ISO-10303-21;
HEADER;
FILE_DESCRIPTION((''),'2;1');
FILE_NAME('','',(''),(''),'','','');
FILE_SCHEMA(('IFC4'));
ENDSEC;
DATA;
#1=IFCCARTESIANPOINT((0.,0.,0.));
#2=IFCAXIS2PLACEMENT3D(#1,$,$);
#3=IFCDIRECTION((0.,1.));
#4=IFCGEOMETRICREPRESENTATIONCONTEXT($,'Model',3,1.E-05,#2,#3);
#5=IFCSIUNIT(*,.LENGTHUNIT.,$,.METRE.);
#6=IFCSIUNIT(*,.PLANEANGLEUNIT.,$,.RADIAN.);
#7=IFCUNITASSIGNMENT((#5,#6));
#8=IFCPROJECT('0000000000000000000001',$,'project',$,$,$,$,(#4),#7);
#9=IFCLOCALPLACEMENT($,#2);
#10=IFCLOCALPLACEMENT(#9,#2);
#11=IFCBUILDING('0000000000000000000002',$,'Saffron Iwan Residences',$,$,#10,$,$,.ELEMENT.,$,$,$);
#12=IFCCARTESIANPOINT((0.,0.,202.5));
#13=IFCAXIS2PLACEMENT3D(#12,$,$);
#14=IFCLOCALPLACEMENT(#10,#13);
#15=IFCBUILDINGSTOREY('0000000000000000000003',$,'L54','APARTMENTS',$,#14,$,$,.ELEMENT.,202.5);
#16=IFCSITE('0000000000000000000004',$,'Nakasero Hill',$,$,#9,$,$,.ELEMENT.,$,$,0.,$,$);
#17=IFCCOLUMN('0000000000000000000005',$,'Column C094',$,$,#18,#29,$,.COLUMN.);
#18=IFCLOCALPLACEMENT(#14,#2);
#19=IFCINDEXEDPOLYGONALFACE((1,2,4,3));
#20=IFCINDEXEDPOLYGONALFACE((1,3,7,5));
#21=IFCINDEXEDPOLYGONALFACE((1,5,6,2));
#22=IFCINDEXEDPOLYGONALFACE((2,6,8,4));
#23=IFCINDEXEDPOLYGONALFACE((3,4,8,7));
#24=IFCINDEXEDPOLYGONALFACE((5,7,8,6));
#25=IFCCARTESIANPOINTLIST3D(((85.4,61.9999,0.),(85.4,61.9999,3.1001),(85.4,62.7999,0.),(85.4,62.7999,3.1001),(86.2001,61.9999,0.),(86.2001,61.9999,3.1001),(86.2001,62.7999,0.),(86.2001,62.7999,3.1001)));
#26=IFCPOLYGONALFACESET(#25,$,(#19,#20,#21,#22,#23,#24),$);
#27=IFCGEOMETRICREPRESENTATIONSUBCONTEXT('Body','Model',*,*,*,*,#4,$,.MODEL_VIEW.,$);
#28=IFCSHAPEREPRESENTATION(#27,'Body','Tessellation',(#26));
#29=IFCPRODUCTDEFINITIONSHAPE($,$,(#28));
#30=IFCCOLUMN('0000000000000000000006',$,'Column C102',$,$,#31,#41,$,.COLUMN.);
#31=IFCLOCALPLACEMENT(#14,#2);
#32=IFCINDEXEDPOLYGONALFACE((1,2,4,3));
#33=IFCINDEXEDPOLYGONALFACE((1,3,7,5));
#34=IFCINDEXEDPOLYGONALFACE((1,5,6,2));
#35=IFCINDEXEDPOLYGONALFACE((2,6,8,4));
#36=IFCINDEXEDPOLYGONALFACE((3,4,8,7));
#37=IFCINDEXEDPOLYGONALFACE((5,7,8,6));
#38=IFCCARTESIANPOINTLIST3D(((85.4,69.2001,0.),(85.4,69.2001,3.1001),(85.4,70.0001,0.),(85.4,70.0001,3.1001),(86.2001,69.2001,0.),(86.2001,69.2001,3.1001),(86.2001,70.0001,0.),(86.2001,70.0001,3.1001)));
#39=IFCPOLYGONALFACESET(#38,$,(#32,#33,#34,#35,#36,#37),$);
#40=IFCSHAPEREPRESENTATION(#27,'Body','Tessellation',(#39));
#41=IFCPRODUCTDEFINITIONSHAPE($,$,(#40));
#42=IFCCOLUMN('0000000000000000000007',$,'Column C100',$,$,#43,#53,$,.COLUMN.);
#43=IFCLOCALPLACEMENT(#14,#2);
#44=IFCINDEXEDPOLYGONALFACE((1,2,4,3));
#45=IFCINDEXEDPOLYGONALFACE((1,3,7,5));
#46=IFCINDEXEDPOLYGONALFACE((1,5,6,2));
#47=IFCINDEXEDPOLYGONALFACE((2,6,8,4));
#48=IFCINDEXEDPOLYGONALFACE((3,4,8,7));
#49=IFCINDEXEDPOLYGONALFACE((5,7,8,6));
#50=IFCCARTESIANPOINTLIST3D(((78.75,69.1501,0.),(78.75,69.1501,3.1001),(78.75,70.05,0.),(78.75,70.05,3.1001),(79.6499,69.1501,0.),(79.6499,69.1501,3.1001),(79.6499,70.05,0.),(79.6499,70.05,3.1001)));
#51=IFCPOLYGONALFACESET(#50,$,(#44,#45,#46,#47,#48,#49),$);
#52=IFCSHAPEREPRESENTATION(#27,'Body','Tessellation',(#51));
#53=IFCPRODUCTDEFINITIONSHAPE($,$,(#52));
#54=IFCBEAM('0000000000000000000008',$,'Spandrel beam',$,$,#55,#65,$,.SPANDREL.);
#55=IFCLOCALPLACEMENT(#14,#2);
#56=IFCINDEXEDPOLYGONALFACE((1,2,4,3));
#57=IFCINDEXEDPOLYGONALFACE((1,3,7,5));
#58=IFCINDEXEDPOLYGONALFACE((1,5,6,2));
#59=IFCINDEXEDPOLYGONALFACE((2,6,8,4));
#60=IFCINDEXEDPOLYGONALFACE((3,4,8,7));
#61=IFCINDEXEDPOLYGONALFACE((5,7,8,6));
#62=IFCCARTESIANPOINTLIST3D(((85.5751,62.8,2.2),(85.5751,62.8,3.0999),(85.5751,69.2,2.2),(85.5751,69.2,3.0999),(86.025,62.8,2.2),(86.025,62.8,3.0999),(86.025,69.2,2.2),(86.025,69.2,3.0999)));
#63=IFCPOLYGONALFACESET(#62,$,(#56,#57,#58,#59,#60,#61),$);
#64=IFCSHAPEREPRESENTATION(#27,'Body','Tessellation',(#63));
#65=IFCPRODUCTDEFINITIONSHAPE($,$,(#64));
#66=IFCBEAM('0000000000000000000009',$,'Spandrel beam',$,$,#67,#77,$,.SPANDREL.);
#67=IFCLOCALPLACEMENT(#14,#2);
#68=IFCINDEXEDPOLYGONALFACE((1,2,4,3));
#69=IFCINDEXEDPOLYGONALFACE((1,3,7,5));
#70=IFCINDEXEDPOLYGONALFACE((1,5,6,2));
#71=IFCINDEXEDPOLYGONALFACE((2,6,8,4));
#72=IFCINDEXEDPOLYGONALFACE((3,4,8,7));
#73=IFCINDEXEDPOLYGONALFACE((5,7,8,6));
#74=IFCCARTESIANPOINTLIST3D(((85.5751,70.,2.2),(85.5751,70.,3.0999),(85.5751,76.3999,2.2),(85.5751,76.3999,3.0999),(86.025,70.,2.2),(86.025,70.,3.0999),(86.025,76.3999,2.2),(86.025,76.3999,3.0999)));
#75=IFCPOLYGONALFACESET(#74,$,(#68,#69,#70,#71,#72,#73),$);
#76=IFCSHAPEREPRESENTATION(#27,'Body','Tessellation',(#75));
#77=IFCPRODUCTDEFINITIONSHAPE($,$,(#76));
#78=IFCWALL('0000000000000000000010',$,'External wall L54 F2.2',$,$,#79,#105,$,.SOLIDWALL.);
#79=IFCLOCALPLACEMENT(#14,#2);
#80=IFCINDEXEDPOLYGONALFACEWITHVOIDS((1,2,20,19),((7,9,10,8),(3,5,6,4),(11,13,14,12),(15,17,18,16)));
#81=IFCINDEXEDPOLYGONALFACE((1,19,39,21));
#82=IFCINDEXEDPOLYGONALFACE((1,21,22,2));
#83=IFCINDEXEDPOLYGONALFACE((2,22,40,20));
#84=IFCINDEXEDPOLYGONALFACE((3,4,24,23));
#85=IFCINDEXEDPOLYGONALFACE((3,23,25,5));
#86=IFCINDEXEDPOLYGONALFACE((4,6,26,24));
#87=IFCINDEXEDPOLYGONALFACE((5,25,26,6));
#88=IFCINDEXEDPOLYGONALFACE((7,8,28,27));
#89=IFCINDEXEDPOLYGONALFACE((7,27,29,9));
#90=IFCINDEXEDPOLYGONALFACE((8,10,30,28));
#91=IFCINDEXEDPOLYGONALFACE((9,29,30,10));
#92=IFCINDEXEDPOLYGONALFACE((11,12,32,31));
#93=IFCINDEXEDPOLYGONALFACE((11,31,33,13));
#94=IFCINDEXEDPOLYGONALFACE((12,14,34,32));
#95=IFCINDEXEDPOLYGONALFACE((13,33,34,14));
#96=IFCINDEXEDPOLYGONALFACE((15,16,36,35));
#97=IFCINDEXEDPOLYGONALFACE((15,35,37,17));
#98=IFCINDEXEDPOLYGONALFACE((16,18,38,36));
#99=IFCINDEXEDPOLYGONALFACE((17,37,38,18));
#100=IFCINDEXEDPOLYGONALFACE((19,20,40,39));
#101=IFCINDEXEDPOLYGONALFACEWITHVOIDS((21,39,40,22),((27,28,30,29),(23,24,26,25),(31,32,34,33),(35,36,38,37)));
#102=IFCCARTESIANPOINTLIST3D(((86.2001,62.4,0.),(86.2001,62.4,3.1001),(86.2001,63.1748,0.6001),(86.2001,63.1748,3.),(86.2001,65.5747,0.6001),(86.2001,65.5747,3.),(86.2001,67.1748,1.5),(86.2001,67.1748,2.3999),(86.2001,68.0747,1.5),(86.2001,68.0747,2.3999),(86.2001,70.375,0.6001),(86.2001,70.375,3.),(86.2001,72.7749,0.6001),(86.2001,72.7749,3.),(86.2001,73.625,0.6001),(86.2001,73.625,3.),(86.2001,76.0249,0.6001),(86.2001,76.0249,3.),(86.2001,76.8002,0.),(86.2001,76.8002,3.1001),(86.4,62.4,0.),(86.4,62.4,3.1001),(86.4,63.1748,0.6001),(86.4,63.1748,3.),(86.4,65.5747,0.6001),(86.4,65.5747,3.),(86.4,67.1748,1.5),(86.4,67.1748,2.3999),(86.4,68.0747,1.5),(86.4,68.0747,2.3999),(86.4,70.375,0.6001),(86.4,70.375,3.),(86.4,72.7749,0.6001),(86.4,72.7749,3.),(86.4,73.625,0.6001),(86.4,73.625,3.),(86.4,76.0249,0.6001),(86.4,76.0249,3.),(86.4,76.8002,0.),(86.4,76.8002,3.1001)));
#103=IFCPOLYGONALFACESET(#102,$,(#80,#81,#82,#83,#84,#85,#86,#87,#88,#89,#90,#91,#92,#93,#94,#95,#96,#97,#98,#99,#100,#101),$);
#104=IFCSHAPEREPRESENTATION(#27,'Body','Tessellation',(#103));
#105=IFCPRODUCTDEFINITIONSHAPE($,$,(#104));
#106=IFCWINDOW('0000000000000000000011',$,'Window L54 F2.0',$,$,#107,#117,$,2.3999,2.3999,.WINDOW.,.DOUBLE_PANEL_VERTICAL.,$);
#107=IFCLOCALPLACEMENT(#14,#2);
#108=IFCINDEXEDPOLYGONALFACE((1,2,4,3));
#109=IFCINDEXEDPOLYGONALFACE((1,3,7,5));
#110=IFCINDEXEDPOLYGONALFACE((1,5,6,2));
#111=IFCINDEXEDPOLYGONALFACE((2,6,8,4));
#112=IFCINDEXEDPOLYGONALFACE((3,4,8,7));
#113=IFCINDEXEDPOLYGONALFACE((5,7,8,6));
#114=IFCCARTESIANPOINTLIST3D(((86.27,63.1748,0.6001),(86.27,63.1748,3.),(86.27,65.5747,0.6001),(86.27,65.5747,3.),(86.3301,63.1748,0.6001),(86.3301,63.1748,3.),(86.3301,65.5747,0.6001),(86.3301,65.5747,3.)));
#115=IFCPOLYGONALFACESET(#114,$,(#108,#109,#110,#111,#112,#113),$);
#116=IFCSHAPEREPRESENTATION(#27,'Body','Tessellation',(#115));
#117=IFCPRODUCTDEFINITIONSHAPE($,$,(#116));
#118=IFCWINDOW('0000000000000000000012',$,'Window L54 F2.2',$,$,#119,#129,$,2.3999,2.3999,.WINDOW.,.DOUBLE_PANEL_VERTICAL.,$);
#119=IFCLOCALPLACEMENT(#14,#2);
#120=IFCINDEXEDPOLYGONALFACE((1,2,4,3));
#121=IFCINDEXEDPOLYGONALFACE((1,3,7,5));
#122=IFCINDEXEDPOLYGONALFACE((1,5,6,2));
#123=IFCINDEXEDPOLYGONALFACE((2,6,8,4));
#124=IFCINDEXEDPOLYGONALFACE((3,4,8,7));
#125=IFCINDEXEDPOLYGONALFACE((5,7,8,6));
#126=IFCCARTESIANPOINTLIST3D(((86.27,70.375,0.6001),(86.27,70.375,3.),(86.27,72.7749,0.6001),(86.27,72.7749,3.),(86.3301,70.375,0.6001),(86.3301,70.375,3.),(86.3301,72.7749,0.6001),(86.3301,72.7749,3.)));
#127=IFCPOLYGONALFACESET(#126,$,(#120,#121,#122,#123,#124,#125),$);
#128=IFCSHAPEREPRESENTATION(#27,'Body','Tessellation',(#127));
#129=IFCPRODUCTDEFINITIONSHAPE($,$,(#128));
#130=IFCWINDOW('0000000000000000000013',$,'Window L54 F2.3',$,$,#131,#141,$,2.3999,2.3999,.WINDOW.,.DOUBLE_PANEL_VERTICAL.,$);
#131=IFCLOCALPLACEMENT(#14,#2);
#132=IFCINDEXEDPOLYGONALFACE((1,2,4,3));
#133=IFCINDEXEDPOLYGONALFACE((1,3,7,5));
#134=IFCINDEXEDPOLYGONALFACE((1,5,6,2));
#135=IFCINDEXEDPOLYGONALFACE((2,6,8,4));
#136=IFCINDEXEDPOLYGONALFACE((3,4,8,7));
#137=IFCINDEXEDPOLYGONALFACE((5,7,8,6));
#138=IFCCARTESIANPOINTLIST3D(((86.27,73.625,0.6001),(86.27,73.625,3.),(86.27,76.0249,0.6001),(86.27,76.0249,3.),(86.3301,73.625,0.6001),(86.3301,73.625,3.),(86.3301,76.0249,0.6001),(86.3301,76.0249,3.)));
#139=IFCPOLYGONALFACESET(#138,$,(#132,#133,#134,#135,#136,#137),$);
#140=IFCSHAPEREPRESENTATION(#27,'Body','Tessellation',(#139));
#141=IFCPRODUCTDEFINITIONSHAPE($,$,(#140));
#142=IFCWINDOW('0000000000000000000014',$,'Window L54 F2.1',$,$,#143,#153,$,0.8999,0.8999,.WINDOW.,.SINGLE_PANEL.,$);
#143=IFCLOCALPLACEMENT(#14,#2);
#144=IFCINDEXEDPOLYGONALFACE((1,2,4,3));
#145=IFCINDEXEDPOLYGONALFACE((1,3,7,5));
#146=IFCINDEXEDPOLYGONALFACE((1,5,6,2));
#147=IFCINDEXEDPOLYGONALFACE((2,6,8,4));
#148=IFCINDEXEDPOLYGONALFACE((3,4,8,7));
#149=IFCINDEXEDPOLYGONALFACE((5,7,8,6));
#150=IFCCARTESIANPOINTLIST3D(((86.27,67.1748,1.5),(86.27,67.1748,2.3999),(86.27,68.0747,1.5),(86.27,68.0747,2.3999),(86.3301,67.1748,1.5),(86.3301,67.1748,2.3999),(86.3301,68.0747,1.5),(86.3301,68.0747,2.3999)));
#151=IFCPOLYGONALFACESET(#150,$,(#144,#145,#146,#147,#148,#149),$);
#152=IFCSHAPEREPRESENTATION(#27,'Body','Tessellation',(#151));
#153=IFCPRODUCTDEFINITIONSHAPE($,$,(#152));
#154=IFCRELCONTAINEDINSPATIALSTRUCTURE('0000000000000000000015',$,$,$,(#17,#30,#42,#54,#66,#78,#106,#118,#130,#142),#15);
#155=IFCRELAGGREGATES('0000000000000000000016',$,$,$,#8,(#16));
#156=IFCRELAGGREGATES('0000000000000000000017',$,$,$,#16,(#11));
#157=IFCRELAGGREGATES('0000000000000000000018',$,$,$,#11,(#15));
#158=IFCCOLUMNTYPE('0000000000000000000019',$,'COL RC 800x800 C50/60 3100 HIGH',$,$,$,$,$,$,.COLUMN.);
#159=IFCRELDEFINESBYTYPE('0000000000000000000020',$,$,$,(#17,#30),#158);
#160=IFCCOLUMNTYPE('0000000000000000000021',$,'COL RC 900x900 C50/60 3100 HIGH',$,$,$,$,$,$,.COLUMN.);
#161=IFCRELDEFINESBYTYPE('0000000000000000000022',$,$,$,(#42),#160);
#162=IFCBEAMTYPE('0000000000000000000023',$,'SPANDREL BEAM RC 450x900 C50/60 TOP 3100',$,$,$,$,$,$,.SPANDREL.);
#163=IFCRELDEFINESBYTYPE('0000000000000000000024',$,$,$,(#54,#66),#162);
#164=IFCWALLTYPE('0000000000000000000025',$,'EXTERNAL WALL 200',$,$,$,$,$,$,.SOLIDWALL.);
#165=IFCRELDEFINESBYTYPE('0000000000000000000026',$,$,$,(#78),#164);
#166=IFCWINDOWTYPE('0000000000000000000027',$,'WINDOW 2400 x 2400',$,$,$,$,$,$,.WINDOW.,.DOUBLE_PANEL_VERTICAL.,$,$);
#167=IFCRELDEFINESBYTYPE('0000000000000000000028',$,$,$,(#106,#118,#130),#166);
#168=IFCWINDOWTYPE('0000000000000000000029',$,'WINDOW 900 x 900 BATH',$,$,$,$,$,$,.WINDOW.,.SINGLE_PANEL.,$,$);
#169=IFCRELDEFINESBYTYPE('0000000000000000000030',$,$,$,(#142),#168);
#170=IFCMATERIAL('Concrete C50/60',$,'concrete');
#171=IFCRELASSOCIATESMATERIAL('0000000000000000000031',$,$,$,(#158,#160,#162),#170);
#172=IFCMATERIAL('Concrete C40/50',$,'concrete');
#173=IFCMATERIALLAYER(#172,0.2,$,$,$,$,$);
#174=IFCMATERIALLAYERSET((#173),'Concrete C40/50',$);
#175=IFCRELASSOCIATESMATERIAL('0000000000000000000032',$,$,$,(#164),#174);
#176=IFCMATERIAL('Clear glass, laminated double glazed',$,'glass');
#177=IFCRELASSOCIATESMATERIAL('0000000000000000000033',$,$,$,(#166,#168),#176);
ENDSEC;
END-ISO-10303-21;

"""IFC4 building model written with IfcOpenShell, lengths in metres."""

from ifc_helpers import new_model, si_unit, direction, frame, frame_2d, origin, origin_2d, place, context, subcontext, project, spatial, rectangle, extrude, source, transform, mapped, material, layer, layer_set, material_profile, profile_set, type_object, element, fill, save


model = new_model("IFC4")

# Units and contexts
model_context = context("Model", 3, precision=1e-05, world=origin(), true_north=direction((0.0, 1.0)))
body_context = subcontext(model_context, "Body", "Model", "MODEL_VIEW")
ifc_project = project(units=[si_unit("LENGTHUNIT", "METRE"), si_unit("PLANEANGLEUNIT", "RADIAN")], contexts=[model_context])

# Site, building, storey
site_placement = place(None, origin())
site = spatial("IfcSite", under=ifc_project, at=site_placement, Name="Nakasero Hill", CompositionType="ELEMENT", RefElevation=0.0)
building_placement = place(site_placement, origin())
building = spatial("IfcBuilding", under=site, at=building_placement, Name="Saffron Iwan Residences", CompositionType="ELEMENT")
storey_placement = place(building_placement, frame((0.0, 0.0, 202.5)))
storey = spatial("IfcBuildingStorey", under=building, at=storey_placement, Name="L54", Description="APARTMENTS", CompositionType="ELEMENT", Elevation=202.5)

# Columns
ifc_material_1 = material(Name="Concrete C50/60", Category="concrete")
ifc_material_profile_1 = material_profile(ifc_material_1, rectangle(XDim=0.8, YDim=0.8, at=origin_2d()), Name="RC 800x800")
ifc_profile_set_1 = profile_set([ifc_material_profile_1], Name="Concrete C50/60")
column_type_1 = type_object("IfcColumnType", Name="COL RC 800x800 C50/60 3100 HIGH", PredefinedType="COLUMN", material=ifc_profile_set_1)
shared_shape_1 = source(origin(), body_context, "Body", "SweptSolid", [
    extrude(rectangle(XDim=0.8, YDim=0.8, at=origin_2d()), origin(), (0.0, 0.0, 1.0), 3.1001),
])
for number, where, z_axis, x_axis, name in (
    (1, (85.8, 62.3999, 0.0), (0.0, 0.0, 1.0), (1.0, 0.0, 0.0), "Column C094"),
    (2, (85.8, 69.6001, 0.0), (0.0, 0.0, 1.0), (1.0, 0.0, 0.0), "Column C102"),
):
    element("IfcColumn", number, at=place(storey_placement, frame(where, z_axis=z_axis, x_axis=x_axis)), inside=storey, type_object=column_type_1, Name=name, PredefinedType="COLUMN", context=body_context, shape_type="MappedRepresentation", body=[
        mapped(shared_shape_1, transform((0.0, 0.0, 0.0))),
    ])
ifc_material_profile_2 = material_profile(ifc_material_1, rectangle(XDim=0.8999, YDim=0.8999, at=origin_2d()), Name="RC 900x900")
ifc_profile_set_2 = profile_set([ifc_material_profile_2], Name="Concrete C50/60")
column_type_2 = type_object("IfcColumnType", Name="COL RC 900x900 C50/60 3100 HIGH", PredefinedType="COLUMN", material=ifc_profile_set_2)
shared_shape_2 = source(origin(), body_context, "Body", "SweptSolid", [
    extrude(rectangle(XDim=0.8999, YDim=0.8999, at=origin_2d()), origin(), (0.0, 0.0, 1.0), 3.1001),
])
column_placement = place(storey_placement, frame((79.2, 69.6001, 0.0), z_axis=(0.0, 0.0, 1.0), x_axis=(1.0, 0.0, 0.0)))
element("IfcColumn", 3, at=column_placement, inside=storey, type_object=column_type_2, Name="Column C100", PredefinedType="COLUMN", context=body_context, shape_type="MappedRepresentation", body=[
    mapped(shared_shape_2, transform((0.0, 0.0, 0.0))),
])

# Beams
ifc_material_profile_3 = material_profile(ifc_material_1, rectangle(XDim=0.45, YDim=0.8999, at=origin_2d()), Name="RC 450x900")
ifc_profile_set_3 = profile_set([ifc_material_profile_3], Name="Concrete C50/60")
beam_type = type_object("IfcBeamType", Name="SPANDREL BEAM RC 450x900 C50/60 TOP 3100", PredefinedType="SPANDREL", material=ifc_profile_set_3)
shared_shape_3 = source(origin(), body_context, "Body", "SweptSolid", [
    extrude(rectangle(XDim=0.45, YDim=0.8999, at=origin_2d()), origin(), (0.0, 0.0, 1.0), 6.3999),
])
for number, where, z_axis, x_axis, name in (
    (4, (85.8, 69.2, 2.6499), (0.0, -1.0, 0.0), (1.0, 0.0, 0.0), "Spandrel beam"),
    (5, (85.8, 76.3999, 2.6499), (0.0, -1.0, 0.0), (1.0, 0.0, 0.0), "Spandrel beam"),
):
    element("IfcBeam", number, at=place(storey_placement, frame(where, z_axis=z_axis, x_axis=x_axis)), inside=storey, type_object=beam_type, Name=name, PredefinedType="SPANDREL", context=body_context, shape_type="MappedRepresentation", body=[
        mapped(shared_shape_3, transform((0.0, 0.0, 0.0))),
    ])

# Wall, openings, windows
ifc_material_2 = material(Name="Concrete C40/50", Category="concrete")
ifc_layer_1 = layer(ifc_material_2, 0.2)
ifc_layer_set_1 = layer_set([ifc_layer_1], Name="Concrete C40/50")
wall_type_1 = type_object("IfcWallType", Name="EXTERNAL WALL 200", PredefinedType="SOLIDWALL", material=ifc_layer_set_1)
wall_1_placement = place(storey_placement, frame((86.3, 62.3999, 0.0), z_axis=(0.0, 0.0, 1.0), x_axis=(0.0, 1.0, 0.0)))
wall_1 = element("IfcWall", 6, at=wall_1_placement, inside=storey, type_object=wall_type_1, Name="External wall L54 F2.2", PredefinedType="SOLIDWALL", context=body_context, shape_type="SweptSolid", body=[
    extrude(rectangle(XDim=14.4001, YDim=0.2, at=frame_2d((7.2002, 0.0))), origin(), (0.0, 0.0, 1.0), 3.1001),
])
opening_1_placement = place(wall_1_placement, frame((0.7749, 0.0, 0.6001)))
opening_1 = element("IfcOpeningElement", 7, at=opening_1_placement, cuts=wall_1, PredefinedType="OPENING", context=body_context, shape_type="SweptSolid", body=[
    extrude(rectangle(XDim=2.3999, YDim=2.3999, at=frame_2d((1.2, 1.2))), frame((0.0, 0.1099, 0.0), z_axis=(0.0, -1.0, 0.0), x_axis=(1.0, 0.0, 0.0)), (0.0, 0.0, 1.0), 0.22),
])
opening_2_placement = place(wall_1_placement, frame((4.7749, 0.0, 1.5)))
opening_2 = element("IfcOpeningElement", 8, at=opening_2_placement, cuts=wall_1, PredefinedType="OPENING", context=body_context, shape_type="SweptSolid", body=[
    extrude(rectangle(XDim=0.8999, YDim=0.8999, at=frame_2d((0.45, 0.45))), frame((0.0, 0.1099, 0.0), z_axis=(0.0, -1.0, 0.0), x_axis=(1.0, 0.0, 0.0)), (0.0, 0.0, 1.0), 0.22),
])
opening_3_placement = place(wall_1_placement, frame((7.9751, 0.0, 0.6001)))
opening_3 = element("IfcOpeningElement", 9, at=opening_3_placement, cuts=wall_1, PredefinedType="OPENING", context=body_context, shape_type="SweptSolid", body=[
    extrude(rectangle(XDim=2.3999, YDim=2.3999, at=frame_2d((1.2, 1.2))), frame((0.0, 0.1099, 0.0), z_axis=(0.0, -1.0, 0.0), x_axis=(1.0, 0.0, 0.0)), (0.0, 0.0, 1.0), 0.22),
])
opening_4_placement = place(wall_1_placement, frame((11.2251, 0.0, 0.6001)))
opening_4 = element("IfcOpeningElement", 10, at=opening_4_placement, cuts=wall_1, PredefinedType="OPENING", context=body_context, shape_type="SweptSolid", body=[
    extrude(rectangle(XDim=2.3999, YDim=2.3999, at=frame_2d((1.2, 1.2))), frame((0.0, 0.1099, 0.0), z_axis=(0.0, -1.0, 0.0), x_axis=(1.0, 0.0, 0.0)), (0.0, 0.0, 1.0), 0.22),
])
ifc_material_3 = material(Name="Clear glass, laminated double glazed", Category="glass")
window_type_1 = type_object("IfcWindowType", Name="WINDOW 2400 x 2400", PartitioningType="DOUBLE_PANEL_VERTICAL", PredefinedType="WINDOW", material=ifc_material_3)
window_1_placement = place(opening_1_placement, origin())
window_1 = element("IfcWindow", 11, at=window_1_placement, inside=storey, type_object=window_type_1, Name="Window L54 F2.0", OverallHeight=2.3999, OverallWidth=2.3999, PartitioningType="DOUBLE_PANEL_VERTICAL", PredefinedType="WINDOW", context=body_context, shape_type="SweptSolid", body=[
    extrude(rectangle(XDim=2.3999, YDim=2.3999, at=frame_2d((1.2, 1.2))), frame((0.0, 0.03, 0.0), z_axis=(0.0, -1.0, 0.0), x_axis=(1.0, 0.0, 0.0)), (0.0, 0.0, 1.0), 0.0601),
])
fill(opening_1, window_1)
window_2_placement = place(opening_3_placement, origin())
window_2 = element("IfcWindow", 12, at=window_2_placement, inside=storey, type_object=window_type_1, Name="Window L54 F2.2", OverallHeight=2.3999, OverallWidth=2.3999, PartitioningType="DOUBLE_PANEL_VERTICAL", PredefinedType="WINDOW", context=body_context, shape_type="SweptSolid", body=[
    extrude(rectangle(XDim=2.3999, YDim=2.3999, at=frame_2d((1.2, 1.2))), frame((0.0, 0.03, 0.0), z_axis=(0.0, -1.0, 0.0), x_axis=(1.0, 0.0, 0.0)), (0.0, 0.0, 1.0), 0.0601),
])
fill(opening_3, window_2)
window_3_placement = place(opening_4_placement, origin())
window_3 = element("IfcWindow", 13, at=window_3_placement, inside=storey, type_object=window_type_1, Name="Window L54 F2.3", OverallHeight=2.3999, OverallWidth=2.3999, PartitioningType="DOUBLE_PANEL_VERTICAL", PredefinedType="WINDOW", context=body_context, shape_type="SweptSolid", body=[
    extrude(rectangle(XDim=2.3999, YDim=2.3999, at=frame_2d((1.2, 1.2))), frame((0.0, 0.03, 0.0), z_axis=(0.0, -1.0, 0.0), x_axis=(1.0, 0.0, 0.0)), (0.0, 0.0, 1.0), 0.0601),
])
fill(opening_4, window_3)
window_type_2 = type_object("IfcWindowType", Name="WINDOW 900 x 900 BATH", PartitioningType="SINGLE_PANEL", PredefinedType="WINDOW", material=ifc_material_3)
window_4_placement = place(opening_2_placement, origin())
window_4 = element("IfcWindow", 14, at=window_4_placement, inside=storey, type_object=window_type_2, Name="Window L54 F2.1", OverallHeight=0.8999, OverallWidth=0.8999, PartitioningType="SINGLE_PANEL", PredefinedType="WINDOW", context=body_context, shape_type="SweptSolid", body=[
    extrude(rectangle(XDim=0.8999, YDim=0.8999, at=frame_2d((0.45, 0.45))), frame((0.0, 0.03, 0.0), z_axis=(0.0, -1.0, 0.0), x_axis=(1.0, 0.0, 0.0)), (0.0, 0.0, 1.0), 0.0601),
])
fill(opening_2, window_4)

save(model, "model.ifc")
